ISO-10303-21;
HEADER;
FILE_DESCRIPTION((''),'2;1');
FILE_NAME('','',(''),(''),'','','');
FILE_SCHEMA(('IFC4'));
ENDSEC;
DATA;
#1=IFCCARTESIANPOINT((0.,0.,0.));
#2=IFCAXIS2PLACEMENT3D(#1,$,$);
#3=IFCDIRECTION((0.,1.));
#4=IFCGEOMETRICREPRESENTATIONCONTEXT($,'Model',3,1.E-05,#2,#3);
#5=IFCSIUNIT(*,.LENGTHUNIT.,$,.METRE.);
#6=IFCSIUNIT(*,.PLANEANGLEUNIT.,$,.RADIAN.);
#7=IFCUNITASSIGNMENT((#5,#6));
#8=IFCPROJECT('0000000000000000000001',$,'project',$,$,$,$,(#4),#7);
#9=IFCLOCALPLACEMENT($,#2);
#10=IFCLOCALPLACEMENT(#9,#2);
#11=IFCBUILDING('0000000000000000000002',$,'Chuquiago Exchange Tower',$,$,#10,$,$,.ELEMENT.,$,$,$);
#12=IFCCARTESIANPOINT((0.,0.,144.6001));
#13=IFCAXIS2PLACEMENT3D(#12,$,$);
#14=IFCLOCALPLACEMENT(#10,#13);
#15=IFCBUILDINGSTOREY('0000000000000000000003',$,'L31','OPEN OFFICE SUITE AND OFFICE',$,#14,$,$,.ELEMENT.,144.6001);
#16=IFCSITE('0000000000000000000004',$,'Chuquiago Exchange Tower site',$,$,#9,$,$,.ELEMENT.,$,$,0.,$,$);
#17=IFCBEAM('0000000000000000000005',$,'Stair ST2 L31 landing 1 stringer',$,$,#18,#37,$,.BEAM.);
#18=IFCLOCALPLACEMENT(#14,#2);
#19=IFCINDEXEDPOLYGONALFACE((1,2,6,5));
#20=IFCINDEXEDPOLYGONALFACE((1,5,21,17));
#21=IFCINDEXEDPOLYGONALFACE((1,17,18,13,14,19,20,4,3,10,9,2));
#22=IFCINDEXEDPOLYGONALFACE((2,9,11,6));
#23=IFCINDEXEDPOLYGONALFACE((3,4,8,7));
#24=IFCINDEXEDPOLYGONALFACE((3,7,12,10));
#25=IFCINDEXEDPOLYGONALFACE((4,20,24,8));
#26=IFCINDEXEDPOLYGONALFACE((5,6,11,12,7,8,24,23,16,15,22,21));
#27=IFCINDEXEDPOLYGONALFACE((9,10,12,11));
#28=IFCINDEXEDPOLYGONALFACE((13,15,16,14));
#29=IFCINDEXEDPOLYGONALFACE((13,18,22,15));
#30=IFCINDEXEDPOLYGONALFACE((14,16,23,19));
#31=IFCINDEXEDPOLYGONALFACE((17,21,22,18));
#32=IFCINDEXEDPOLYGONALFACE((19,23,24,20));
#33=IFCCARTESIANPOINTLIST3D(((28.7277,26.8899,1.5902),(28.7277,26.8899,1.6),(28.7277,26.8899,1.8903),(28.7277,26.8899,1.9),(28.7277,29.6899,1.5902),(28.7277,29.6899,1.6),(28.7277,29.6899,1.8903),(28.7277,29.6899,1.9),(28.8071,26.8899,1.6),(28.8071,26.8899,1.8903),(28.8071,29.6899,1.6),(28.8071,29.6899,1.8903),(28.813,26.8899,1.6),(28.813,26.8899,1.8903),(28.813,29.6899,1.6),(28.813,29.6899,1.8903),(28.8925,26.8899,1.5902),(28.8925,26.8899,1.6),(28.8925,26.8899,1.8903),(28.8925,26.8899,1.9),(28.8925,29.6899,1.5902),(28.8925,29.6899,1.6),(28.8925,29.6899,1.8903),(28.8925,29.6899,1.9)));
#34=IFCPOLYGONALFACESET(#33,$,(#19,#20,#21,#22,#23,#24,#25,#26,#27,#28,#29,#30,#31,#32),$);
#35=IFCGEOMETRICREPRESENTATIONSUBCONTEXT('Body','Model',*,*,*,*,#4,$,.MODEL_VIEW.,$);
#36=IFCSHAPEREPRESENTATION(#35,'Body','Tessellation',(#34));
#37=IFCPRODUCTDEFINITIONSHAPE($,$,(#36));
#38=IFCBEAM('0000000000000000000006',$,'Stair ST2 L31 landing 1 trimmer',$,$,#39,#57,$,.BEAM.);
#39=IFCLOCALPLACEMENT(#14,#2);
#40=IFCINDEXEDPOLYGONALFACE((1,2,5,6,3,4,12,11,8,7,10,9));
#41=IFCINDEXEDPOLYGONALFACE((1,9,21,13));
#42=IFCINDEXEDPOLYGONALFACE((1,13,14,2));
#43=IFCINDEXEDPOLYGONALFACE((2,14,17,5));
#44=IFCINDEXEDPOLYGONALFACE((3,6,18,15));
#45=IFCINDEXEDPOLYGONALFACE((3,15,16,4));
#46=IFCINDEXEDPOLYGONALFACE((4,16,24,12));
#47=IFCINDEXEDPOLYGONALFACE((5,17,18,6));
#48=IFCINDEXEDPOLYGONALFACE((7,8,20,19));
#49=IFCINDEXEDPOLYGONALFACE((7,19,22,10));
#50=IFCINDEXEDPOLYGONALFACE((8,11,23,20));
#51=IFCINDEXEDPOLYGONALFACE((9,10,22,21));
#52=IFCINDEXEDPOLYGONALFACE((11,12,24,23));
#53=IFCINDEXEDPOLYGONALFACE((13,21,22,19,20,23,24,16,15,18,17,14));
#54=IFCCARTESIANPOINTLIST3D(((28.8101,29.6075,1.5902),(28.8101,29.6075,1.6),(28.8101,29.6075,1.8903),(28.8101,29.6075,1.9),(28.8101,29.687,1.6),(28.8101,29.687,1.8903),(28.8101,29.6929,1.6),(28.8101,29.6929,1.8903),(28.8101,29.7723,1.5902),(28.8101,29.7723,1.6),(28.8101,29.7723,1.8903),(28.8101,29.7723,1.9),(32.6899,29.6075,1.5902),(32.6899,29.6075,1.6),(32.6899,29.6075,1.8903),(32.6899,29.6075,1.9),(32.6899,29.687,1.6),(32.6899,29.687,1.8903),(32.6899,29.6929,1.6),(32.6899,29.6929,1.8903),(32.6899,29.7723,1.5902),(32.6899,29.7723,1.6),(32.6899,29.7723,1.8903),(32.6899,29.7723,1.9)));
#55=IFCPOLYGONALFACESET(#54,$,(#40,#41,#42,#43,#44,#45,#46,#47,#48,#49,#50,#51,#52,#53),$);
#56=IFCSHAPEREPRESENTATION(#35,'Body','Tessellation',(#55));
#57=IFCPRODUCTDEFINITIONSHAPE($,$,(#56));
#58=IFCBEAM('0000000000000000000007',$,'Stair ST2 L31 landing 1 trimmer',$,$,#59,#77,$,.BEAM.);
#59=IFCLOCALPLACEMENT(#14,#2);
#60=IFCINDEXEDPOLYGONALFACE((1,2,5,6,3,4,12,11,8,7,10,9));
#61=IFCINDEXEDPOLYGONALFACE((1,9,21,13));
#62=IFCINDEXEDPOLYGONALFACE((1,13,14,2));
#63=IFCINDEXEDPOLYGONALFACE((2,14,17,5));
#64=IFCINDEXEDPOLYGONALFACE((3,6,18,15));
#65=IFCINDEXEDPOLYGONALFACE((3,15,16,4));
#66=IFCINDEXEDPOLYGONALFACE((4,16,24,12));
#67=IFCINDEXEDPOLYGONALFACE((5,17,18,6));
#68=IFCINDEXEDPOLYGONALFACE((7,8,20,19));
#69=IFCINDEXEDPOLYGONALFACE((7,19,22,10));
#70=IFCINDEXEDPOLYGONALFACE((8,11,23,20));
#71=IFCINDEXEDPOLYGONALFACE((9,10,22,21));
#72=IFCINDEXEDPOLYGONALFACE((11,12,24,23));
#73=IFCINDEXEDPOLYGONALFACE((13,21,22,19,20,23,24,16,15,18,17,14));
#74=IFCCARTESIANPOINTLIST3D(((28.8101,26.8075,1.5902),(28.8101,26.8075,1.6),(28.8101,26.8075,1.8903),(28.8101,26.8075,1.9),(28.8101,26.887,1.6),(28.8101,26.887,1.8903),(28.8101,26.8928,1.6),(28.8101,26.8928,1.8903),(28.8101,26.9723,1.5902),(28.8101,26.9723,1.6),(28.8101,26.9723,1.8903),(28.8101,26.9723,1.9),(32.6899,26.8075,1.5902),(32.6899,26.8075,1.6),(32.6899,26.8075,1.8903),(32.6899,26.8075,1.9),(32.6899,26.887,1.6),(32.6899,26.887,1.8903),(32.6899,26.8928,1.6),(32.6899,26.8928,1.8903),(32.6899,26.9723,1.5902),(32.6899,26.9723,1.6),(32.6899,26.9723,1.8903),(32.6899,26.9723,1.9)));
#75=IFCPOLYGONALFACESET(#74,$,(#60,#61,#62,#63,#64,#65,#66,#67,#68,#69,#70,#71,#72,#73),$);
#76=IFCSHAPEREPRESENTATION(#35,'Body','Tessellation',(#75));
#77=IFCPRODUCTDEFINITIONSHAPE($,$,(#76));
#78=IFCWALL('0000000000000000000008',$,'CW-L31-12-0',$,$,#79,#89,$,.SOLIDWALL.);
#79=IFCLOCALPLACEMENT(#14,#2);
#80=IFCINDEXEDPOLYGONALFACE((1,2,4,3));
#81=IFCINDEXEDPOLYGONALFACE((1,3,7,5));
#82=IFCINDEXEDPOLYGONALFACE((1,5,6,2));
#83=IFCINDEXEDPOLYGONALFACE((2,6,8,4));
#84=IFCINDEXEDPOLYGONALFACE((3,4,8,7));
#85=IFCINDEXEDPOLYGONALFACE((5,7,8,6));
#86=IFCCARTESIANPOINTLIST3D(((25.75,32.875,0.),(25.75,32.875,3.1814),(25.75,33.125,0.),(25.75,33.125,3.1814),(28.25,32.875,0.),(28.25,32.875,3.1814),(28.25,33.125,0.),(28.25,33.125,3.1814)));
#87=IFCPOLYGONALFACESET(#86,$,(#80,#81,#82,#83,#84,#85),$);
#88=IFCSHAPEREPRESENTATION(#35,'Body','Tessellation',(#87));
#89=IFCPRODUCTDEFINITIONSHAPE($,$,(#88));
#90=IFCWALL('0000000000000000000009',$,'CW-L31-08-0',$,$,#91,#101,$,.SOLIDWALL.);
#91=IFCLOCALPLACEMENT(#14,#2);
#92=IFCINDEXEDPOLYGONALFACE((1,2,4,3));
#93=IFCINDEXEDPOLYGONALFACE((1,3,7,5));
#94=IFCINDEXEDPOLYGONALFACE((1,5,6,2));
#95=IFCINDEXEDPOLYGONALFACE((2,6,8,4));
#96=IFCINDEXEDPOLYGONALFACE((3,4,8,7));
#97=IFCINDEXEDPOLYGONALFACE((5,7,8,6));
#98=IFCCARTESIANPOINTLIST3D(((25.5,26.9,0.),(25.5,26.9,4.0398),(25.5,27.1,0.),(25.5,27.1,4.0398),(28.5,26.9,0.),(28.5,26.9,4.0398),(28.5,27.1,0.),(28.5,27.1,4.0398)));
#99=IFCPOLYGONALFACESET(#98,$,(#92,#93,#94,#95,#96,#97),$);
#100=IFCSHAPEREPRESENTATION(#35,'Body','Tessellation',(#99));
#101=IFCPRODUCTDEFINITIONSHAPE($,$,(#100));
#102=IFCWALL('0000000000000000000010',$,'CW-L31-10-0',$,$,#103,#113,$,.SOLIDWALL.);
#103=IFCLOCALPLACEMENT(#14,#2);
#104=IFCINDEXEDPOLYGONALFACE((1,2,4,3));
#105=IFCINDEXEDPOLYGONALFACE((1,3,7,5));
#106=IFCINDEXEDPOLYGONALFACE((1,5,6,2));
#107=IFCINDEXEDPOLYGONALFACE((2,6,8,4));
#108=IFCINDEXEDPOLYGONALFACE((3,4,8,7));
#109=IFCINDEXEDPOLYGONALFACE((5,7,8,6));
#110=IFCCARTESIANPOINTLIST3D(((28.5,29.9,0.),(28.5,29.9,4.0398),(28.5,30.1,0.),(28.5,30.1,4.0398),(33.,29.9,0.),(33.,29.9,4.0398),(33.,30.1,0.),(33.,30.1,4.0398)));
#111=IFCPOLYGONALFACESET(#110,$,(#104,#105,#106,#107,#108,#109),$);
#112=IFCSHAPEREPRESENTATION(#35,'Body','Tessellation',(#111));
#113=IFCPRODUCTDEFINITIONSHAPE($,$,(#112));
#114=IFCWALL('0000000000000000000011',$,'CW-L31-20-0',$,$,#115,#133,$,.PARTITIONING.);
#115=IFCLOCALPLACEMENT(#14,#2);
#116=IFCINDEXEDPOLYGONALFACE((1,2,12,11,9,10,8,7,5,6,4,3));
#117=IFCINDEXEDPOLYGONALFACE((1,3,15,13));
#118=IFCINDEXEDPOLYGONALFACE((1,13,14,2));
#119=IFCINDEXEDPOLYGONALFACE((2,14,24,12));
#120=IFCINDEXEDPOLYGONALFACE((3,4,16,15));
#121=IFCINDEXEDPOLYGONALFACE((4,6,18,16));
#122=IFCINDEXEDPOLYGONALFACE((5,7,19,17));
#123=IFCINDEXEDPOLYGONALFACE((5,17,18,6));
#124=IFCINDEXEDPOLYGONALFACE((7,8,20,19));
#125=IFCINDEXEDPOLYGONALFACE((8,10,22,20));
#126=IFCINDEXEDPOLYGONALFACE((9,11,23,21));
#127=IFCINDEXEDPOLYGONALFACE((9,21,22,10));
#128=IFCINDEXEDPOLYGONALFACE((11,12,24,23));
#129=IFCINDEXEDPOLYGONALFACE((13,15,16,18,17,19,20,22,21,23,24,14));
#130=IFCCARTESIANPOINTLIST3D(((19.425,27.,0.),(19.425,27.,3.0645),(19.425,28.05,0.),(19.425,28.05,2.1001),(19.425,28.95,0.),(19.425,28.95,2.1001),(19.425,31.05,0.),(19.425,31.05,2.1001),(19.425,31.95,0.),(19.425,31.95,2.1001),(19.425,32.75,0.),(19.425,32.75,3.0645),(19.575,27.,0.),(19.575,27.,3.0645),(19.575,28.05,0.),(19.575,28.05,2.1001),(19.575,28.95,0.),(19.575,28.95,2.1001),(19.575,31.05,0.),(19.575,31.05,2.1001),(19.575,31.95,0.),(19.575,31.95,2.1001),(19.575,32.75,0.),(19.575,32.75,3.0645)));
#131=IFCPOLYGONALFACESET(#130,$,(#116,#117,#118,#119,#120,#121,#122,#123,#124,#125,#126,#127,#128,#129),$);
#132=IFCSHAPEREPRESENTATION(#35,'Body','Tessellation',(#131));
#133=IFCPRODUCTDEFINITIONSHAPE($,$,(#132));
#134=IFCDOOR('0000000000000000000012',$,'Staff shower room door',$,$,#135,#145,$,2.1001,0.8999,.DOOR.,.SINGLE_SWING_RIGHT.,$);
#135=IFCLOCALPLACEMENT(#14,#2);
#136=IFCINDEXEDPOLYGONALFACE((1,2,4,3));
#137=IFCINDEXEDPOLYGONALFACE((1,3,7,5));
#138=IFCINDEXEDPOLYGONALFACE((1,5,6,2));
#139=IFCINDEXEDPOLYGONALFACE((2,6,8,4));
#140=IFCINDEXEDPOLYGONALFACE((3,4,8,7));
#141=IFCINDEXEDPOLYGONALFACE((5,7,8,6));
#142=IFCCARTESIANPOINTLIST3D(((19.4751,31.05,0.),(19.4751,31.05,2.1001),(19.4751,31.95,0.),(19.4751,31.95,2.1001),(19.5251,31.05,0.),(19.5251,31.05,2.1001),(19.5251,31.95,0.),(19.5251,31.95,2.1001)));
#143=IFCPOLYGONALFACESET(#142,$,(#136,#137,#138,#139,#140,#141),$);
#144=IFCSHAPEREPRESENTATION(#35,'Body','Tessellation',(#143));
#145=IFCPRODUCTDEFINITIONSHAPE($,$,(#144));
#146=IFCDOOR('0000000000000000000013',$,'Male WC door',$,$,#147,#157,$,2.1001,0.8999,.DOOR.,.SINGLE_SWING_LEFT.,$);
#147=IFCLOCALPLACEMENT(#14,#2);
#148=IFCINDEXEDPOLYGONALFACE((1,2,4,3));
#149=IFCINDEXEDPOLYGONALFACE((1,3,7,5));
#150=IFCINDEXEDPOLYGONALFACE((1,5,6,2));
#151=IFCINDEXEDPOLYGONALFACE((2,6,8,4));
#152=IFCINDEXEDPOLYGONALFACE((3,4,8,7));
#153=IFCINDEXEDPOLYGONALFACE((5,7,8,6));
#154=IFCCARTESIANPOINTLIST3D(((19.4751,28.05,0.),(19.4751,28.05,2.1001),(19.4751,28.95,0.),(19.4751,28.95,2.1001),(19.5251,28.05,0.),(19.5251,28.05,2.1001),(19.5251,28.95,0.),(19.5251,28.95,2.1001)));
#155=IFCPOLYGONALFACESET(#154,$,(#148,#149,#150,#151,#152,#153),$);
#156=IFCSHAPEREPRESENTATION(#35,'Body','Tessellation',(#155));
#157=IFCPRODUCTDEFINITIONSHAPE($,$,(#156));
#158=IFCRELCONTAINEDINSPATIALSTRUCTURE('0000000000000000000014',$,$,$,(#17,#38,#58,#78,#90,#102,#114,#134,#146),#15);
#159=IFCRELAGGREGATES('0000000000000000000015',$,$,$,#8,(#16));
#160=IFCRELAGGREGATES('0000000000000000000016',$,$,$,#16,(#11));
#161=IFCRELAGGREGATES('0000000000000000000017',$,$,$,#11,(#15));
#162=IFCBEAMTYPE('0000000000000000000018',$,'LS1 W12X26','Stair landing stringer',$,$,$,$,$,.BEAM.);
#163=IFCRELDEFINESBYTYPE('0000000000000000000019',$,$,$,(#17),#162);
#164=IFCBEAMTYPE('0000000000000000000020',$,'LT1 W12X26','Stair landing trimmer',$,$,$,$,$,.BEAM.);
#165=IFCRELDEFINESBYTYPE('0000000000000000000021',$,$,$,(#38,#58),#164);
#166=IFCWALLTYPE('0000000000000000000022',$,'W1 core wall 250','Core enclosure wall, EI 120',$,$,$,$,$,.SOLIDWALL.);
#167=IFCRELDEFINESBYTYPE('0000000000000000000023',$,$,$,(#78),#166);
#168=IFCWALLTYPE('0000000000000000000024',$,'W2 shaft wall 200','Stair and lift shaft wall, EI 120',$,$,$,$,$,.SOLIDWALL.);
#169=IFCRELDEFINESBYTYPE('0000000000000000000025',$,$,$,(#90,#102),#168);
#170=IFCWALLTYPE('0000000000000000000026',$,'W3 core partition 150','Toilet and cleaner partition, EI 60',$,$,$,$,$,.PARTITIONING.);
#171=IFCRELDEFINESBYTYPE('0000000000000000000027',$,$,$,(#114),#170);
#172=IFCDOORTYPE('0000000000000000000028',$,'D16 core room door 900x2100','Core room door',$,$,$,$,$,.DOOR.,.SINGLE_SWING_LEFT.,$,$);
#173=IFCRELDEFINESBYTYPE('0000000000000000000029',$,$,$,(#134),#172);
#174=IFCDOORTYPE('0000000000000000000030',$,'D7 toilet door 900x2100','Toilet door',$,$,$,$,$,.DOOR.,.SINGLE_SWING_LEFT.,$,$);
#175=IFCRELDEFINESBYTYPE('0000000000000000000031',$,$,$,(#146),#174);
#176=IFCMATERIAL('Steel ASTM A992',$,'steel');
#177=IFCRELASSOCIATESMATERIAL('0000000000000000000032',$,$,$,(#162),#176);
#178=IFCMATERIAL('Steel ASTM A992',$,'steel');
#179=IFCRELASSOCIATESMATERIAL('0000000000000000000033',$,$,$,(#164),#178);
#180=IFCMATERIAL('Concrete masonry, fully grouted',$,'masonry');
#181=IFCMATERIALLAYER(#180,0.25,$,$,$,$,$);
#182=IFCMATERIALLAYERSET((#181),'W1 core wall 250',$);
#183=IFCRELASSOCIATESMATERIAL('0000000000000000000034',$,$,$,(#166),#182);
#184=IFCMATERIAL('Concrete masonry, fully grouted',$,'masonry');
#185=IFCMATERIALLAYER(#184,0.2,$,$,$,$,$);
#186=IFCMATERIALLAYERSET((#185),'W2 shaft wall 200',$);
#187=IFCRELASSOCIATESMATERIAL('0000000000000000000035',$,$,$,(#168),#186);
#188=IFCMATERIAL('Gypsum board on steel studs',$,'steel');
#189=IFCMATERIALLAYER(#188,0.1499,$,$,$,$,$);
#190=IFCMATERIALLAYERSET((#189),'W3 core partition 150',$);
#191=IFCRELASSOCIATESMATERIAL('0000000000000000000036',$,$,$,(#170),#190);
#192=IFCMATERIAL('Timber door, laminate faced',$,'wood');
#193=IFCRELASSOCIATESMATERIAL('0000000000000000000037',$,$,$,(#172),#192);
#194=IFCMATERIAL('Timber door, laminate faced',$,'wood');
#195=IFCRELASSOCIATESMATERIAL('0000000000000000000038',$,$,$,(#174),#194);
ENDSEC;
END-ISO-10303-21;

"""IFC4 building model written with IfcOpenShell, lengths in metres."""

from ifc_helpers import new_model, si_unit, direction, frame, frame_2d, origin, origin_2d, place, context, subcontext, project, spatial, rectangle, i_section, extrude, material, layer, layer_set, material_profile, profile_set, type_object, element, fill, save


model = new_model("IFC4")

# Units and contexts
model_context = context("Model", 3, precision=1e-05, world=origin(), true_north=direction((0.0, 1.0)))
body_context = subcontext(model_context, "Body", "Model", "MODEL_VIEW")
ifc_project = project(units=[si_unit("LENGTHUNIT", "METRE"), si_unit("PLANEANGLEUNIT", "RADIAN")], contexts=[model_context])

# Site, building, storey
site_placement = place(None, origin())
site = spatial("IfcSite", under=ifc_project, at=site_placement, Name="Chuquiago Exchange Tower site", CompositionType="ELEMENT", RefElevation=0.0)
building_placement = place(site_placement, origin())
building = spatial("IfcBuilding", under=site, at=building_placement, Name="Chuquiago Exchange Tower", CompositionType="ELEMENT")
storey_placement = place(building_placement, frame((0.0, 0.0, 144.6001)))
storey = spatial("IfcBuildingStorey", under=building, at=storey_placement, Name="L31", Description="OPEN OFFICE SUITE AND OFFICE", CompositionType="ELEMENT", Elevation=144.6001)

# Beams
ifc_material_1 = material(Name="Steel ASTM A992", Category="steel")
ifc_material_profile_1 = material_profile(ifc_material_1, i_section(OverallWidth=0.1648, OverallDepth=0.3098, WebThickness=0.0059, FlangeThickness=0.0098, at=origin_2d()), Name="W12X26")
ifc_profile_set_1 = profile_set([ifc_material_profile_1], Name="Steel ASTM A992")
beam_type_1 = type_object("IfcBeamType", Name="LS1 W12X26", Description="Stair landing stringer", PredefinedType="BEAM", material=ifc_profile_set_1)
beam_1_placement = place(storey_placement, frame((28.8101, 26.8899, 1.7451), z_axis=(0.0, 1.0, 0.0), x_axis=(-1.0, 0.0, 0.0)))
element("IfcBeam", 1, at=beam_1_placement, inside=storey, type_object=beam_type_1, Name="Stair ST2 L31 landing 1 stringer", PredefinedType="BEAM", context=body_context, shape_type="SweptSolid", body=[
    extrude(i_section(OverallWidth=0.1648, OverallDepth=0.3098, WebThickness=0.0059, FlangeThickness=0.0098, at=origin_2d()), origin(), (0.0, 0.0, 1.0), 2.8),
])
ifc_material_2 = material(Name="Steel ASTM A992", Category="steel")
ifc_material_profile_2 = material_profile(ifc_material_2, i_section(OverallWidth=0.1648, OverallDepth=0.3098, WebThickness=0.0059, FlangeThickness=0.0098, at=origin_2d()), Name="W12X26")
ifc_profile_set_2 = profile_set([ifc_material_profile_2], Name="Steel ASTM A992")
beam_type_2 = type_object("IfcBeamType", Name="LT1 W12X26", Description="Stair landing trimmer", PredefinedType="BEAM", material=ifc_profile_set_2)
for number, where, z_axis, x_axis, name in (
    (2, (28.8101, 29.6899, 1.7451), (1.0, 0.0, 0.0), (0.0, 1.0, 0.0), "Stair ST2 L31 landing 1 trimmer"),
    (3, (28.8101, 26.8899, 1.7451), (1.0, 0.0, 0.0), (0.0, 1.0, 0.0), "Stair ST2 L31 landing 1 trimmer"),
):
    element("IfcBeam", number, at=place(storey_placement, frame(where, z_axis=z_axis, x_axis=x_axis)), inside=storey, type_object=beam_type_2, Name=name, PredefinedType="BEAM", context=body_context, shape_type="SweptSolid", body=[
        extrude(i_section(OverallWidth=0.1648, OverallDepth=0.3098, WebThickness=0.0059, FlangeThickness=0.0098, at=origin_2d()), origin(), (0.0, 0.0, 1.0), 3.8799),
    ])

# Walls
ifc_material_3 = material(Name="Concrete masonry, fully grouted", Category="masonry")
ifc_layer_1 = layer(ifc_material_3, 0.25)
ifc_layer_set_1 = layer_set([ifc_layer_1], Name="W1 core wall 250")
wall_type_1 = type_object("IfcWallType", Name="W1 core wall 250", Description="Core enclosure wall, EI 120", PredefinedType="SOLIDWALL", material=ifc_layer_set_1)
wall_1_placement = place(storey_placement, frame((25.75, 33.0, 0.0), z_axis=(0.0, 0.0, 1.0), x_axis=(1.0, 0.0, 0.0)))
element("IfcWall", 4, at=wall_1_placement, inside=storey, type_object=wall_type_1, Name="CW-L31-12-0", PredefinedType="SOLIDWALL", context=body_context, shape_type="SweptSolid", body=[
    extrude(rectangle(XDim=2.5, YDim=0.25, at=frame_2d((1.25, 0.0))), origin(), (0.0, 0.0, 1.0), 3.1814),
])
ifc_material_4 = material(Name="Concrete masonry, fully grouted", Category="masonry")
ifc_layer_2 = layer(ifc_material_4, 0.2)
ifc_layer_set_2 = layer_set([ifc_layer_2], Name="W2 shaft wall 200")
wall_type_2 = type_object("IfcWallType", Name="W2 shaft wall 200", Description="Stair and lift shaft wall, EI 120", PredefinedType="SOLIDWALL", material=ifc_layer_set_2)
wall_2_placement = place(storey_placement, frame((25.5, 27.0, 0.0), z_axis=(0.0, 0.0, 1.0), x_axis=(1.0, 0.0, 0.0)))
element("IfcWall", 5, at=wall_2_placement, inside=storey, type_object=wall_type_2, Name="CW-L31-08-0", PredefinedType="SOLIDWALL", context=body_context, shape_type="SweptSolid", body=[
    extrude(rectangle(XDim=3.0, YDim=0.2, at=frame_2d((1.5, 0.0))), origin(), (0.0, 0.0, 1.0), 4.0398),
])
wall_3_placement = place(storey_placement, frame((28.5, 30.0, 0.0), z_axis=(0.0, 0.0, 1.0), x_axis=(1.0, 0.0, 0.0)))
element("IfcWall", 6, at=wall_3_placement, inside=storey, type_object=wall_type_2, Name="CW-L31-10-0", PredefinedType="SOLIDWALL", context=body_context, shape_type="SweptSolid", body=[
    extrude(rectangle(XDim=4.5, YDim=0.2, at=frame_2d((2.25, 0.0))), origin(), (0.0, 0.0, 1.0), 4.0398),
])

# Wall, openings, doors
ifc_material_5 = material(Name="Gypsum board on steel studs", Category="steel")
ifc_layer_3 = layer(ifc_material_5, 0.1499)
ifc_layer_set_3 = layer_set([ifc_layer_3], Name="W3 core partition 150")
wall_type_3 = type_object("IfcWallType", Name="W3 core partition 150", Description="Toilet and cleaner partition, EI 60", PredefinedType="PARTITIONING", material=ifc_layer_set_3)
wall_4_placement = place(storey_placement, frame((19.5, 27.0, 0.0), z_axis=(0.0, 0.0, 1.0), x_axis=(0.0, 1.0, 0.0)))
wall_4 = element("IfcWall", 7, at=wall_4_placement, inside=storey, type_object=wall_type_3, Name="CW-L31-20-0", PredefinedType="PARTITIONING", context=body_context, shape_type="SweptSolid", body=[
    extrude(rectangle(XDim=5.75, YDim=0.1499, at=frame_2d((2.875, 0.0))), origin(), (0.0, 0.0, 1.0), 3.0645),
])
opening_1_placement = place(wall_4_placement, frame((1.05, 0.0, 0.0)))
opening_1 = element("IfcOpeningElement", 8, at=opening_1_placement, cuts=wall_4, PredefinedType="OPENING", context=body_context, shape_type="SweptSolid", body=[
    extrude(rectangle(XDim=0.8999, YDim=2.1001, at=frame_2d((0.45, 1.05))), frame((0.0, 0.085, 0.0), z_axis=(0.0, -1.0, 0.0), x_axis=(1.0, 0.0, 0.0)), (0.0, 0.0, 1.0), 0.1699),
])
opening_2_placement = place(wall_4_placement, frame((4.05, 0.0, 0.0)))
opening_2 = element("IfcOpeningElement", 9, at=opening_2_placement, cuts=wall_4, PredefinedType="OPENING", context=body_context, shape_type="SweptSolid", body=[
    extrude(rectangle(XDim=0.8999, YDim=2.1001, at=frame_2d((0.45, 1.05))), frame((0.0, 0.085, 0.0), z_axis=(0.0, -1.0, 0.0), x_axis=(1.0, 0.0, 0.0)), (0.0, 0.0, 1.0), 0.1699),
])
ifc_material_6 = material(Name="Timber door, laminate faced", Category="wood")
door_type_1 = type_object("IfcDoorType", Name="D16 core room door 900x2100", Description="Core room door", OperationType="SINGLE_SWING_LEFT", PredefinedType="DOOR", material=ifc_material_6)
door_1_placement = place(opening_2_placement, origin())
door_1 = element("IfcDoor", 10, at=door_1_placement, inside=storey, type_object=door_type_1, Name="Staff shower room door", OperationType="SINGLE_SWING_RIGHT", OverallHeight=2.1001, OverallWidth=0.8999, PredefinedType="DOOR", context=body_context, shape_type="SweptSolid", body=[
    extrude(rectangle(XDim=0.8999, YDim=2.1001, at=frame_2d((0.45, 1.05))), frame((0.0, 0.0249, 0.0), z_axis=(0.0, -1.0, 0.0), x_axis=(1.0, 0.0, 0.0)), (0.0, 0.0, 1.0), 0.05),
])
fill(opening_2, door_1)
ifc_material_7 = material(Name="Timber door, laminate faced", Category="wood")
door_type_2 = type_object("IfcDoorType", Name="D7 toilet door 900x2100", Description="Toilet door", OperationType="SINGLE_SWING_LEFT", PredefinedType="DOOR", material=ifc_material_7)
door_2_placement = place(opening_1_placement, origin())
door_2 = element("IfcDoor", 11, at=door_2_placement, inside=storey, type_object=door_type_2, Name="Male WC door", OperationType="SINGLE_SWING_LEFT", OverallHeight=2.1001, OverallWidth=0.8999, PredefinedType="DOOR", context=body_context, shape_type="SweptSolid", body=[
    extrude(rectangle(XDim=0.8999, YDim=2.1001, at=frame_2d((0.45, 1.05))), frame((0.0, 0.0249, 0.0), z_axis=(0.0, -1.0, 0.0), x_axis=(1.0, 0.0, 0.0)), (0.0, 0.0, 1.0), 0.05),
])
fill(opening_1, door_2)

save(model, "model.ifc")
